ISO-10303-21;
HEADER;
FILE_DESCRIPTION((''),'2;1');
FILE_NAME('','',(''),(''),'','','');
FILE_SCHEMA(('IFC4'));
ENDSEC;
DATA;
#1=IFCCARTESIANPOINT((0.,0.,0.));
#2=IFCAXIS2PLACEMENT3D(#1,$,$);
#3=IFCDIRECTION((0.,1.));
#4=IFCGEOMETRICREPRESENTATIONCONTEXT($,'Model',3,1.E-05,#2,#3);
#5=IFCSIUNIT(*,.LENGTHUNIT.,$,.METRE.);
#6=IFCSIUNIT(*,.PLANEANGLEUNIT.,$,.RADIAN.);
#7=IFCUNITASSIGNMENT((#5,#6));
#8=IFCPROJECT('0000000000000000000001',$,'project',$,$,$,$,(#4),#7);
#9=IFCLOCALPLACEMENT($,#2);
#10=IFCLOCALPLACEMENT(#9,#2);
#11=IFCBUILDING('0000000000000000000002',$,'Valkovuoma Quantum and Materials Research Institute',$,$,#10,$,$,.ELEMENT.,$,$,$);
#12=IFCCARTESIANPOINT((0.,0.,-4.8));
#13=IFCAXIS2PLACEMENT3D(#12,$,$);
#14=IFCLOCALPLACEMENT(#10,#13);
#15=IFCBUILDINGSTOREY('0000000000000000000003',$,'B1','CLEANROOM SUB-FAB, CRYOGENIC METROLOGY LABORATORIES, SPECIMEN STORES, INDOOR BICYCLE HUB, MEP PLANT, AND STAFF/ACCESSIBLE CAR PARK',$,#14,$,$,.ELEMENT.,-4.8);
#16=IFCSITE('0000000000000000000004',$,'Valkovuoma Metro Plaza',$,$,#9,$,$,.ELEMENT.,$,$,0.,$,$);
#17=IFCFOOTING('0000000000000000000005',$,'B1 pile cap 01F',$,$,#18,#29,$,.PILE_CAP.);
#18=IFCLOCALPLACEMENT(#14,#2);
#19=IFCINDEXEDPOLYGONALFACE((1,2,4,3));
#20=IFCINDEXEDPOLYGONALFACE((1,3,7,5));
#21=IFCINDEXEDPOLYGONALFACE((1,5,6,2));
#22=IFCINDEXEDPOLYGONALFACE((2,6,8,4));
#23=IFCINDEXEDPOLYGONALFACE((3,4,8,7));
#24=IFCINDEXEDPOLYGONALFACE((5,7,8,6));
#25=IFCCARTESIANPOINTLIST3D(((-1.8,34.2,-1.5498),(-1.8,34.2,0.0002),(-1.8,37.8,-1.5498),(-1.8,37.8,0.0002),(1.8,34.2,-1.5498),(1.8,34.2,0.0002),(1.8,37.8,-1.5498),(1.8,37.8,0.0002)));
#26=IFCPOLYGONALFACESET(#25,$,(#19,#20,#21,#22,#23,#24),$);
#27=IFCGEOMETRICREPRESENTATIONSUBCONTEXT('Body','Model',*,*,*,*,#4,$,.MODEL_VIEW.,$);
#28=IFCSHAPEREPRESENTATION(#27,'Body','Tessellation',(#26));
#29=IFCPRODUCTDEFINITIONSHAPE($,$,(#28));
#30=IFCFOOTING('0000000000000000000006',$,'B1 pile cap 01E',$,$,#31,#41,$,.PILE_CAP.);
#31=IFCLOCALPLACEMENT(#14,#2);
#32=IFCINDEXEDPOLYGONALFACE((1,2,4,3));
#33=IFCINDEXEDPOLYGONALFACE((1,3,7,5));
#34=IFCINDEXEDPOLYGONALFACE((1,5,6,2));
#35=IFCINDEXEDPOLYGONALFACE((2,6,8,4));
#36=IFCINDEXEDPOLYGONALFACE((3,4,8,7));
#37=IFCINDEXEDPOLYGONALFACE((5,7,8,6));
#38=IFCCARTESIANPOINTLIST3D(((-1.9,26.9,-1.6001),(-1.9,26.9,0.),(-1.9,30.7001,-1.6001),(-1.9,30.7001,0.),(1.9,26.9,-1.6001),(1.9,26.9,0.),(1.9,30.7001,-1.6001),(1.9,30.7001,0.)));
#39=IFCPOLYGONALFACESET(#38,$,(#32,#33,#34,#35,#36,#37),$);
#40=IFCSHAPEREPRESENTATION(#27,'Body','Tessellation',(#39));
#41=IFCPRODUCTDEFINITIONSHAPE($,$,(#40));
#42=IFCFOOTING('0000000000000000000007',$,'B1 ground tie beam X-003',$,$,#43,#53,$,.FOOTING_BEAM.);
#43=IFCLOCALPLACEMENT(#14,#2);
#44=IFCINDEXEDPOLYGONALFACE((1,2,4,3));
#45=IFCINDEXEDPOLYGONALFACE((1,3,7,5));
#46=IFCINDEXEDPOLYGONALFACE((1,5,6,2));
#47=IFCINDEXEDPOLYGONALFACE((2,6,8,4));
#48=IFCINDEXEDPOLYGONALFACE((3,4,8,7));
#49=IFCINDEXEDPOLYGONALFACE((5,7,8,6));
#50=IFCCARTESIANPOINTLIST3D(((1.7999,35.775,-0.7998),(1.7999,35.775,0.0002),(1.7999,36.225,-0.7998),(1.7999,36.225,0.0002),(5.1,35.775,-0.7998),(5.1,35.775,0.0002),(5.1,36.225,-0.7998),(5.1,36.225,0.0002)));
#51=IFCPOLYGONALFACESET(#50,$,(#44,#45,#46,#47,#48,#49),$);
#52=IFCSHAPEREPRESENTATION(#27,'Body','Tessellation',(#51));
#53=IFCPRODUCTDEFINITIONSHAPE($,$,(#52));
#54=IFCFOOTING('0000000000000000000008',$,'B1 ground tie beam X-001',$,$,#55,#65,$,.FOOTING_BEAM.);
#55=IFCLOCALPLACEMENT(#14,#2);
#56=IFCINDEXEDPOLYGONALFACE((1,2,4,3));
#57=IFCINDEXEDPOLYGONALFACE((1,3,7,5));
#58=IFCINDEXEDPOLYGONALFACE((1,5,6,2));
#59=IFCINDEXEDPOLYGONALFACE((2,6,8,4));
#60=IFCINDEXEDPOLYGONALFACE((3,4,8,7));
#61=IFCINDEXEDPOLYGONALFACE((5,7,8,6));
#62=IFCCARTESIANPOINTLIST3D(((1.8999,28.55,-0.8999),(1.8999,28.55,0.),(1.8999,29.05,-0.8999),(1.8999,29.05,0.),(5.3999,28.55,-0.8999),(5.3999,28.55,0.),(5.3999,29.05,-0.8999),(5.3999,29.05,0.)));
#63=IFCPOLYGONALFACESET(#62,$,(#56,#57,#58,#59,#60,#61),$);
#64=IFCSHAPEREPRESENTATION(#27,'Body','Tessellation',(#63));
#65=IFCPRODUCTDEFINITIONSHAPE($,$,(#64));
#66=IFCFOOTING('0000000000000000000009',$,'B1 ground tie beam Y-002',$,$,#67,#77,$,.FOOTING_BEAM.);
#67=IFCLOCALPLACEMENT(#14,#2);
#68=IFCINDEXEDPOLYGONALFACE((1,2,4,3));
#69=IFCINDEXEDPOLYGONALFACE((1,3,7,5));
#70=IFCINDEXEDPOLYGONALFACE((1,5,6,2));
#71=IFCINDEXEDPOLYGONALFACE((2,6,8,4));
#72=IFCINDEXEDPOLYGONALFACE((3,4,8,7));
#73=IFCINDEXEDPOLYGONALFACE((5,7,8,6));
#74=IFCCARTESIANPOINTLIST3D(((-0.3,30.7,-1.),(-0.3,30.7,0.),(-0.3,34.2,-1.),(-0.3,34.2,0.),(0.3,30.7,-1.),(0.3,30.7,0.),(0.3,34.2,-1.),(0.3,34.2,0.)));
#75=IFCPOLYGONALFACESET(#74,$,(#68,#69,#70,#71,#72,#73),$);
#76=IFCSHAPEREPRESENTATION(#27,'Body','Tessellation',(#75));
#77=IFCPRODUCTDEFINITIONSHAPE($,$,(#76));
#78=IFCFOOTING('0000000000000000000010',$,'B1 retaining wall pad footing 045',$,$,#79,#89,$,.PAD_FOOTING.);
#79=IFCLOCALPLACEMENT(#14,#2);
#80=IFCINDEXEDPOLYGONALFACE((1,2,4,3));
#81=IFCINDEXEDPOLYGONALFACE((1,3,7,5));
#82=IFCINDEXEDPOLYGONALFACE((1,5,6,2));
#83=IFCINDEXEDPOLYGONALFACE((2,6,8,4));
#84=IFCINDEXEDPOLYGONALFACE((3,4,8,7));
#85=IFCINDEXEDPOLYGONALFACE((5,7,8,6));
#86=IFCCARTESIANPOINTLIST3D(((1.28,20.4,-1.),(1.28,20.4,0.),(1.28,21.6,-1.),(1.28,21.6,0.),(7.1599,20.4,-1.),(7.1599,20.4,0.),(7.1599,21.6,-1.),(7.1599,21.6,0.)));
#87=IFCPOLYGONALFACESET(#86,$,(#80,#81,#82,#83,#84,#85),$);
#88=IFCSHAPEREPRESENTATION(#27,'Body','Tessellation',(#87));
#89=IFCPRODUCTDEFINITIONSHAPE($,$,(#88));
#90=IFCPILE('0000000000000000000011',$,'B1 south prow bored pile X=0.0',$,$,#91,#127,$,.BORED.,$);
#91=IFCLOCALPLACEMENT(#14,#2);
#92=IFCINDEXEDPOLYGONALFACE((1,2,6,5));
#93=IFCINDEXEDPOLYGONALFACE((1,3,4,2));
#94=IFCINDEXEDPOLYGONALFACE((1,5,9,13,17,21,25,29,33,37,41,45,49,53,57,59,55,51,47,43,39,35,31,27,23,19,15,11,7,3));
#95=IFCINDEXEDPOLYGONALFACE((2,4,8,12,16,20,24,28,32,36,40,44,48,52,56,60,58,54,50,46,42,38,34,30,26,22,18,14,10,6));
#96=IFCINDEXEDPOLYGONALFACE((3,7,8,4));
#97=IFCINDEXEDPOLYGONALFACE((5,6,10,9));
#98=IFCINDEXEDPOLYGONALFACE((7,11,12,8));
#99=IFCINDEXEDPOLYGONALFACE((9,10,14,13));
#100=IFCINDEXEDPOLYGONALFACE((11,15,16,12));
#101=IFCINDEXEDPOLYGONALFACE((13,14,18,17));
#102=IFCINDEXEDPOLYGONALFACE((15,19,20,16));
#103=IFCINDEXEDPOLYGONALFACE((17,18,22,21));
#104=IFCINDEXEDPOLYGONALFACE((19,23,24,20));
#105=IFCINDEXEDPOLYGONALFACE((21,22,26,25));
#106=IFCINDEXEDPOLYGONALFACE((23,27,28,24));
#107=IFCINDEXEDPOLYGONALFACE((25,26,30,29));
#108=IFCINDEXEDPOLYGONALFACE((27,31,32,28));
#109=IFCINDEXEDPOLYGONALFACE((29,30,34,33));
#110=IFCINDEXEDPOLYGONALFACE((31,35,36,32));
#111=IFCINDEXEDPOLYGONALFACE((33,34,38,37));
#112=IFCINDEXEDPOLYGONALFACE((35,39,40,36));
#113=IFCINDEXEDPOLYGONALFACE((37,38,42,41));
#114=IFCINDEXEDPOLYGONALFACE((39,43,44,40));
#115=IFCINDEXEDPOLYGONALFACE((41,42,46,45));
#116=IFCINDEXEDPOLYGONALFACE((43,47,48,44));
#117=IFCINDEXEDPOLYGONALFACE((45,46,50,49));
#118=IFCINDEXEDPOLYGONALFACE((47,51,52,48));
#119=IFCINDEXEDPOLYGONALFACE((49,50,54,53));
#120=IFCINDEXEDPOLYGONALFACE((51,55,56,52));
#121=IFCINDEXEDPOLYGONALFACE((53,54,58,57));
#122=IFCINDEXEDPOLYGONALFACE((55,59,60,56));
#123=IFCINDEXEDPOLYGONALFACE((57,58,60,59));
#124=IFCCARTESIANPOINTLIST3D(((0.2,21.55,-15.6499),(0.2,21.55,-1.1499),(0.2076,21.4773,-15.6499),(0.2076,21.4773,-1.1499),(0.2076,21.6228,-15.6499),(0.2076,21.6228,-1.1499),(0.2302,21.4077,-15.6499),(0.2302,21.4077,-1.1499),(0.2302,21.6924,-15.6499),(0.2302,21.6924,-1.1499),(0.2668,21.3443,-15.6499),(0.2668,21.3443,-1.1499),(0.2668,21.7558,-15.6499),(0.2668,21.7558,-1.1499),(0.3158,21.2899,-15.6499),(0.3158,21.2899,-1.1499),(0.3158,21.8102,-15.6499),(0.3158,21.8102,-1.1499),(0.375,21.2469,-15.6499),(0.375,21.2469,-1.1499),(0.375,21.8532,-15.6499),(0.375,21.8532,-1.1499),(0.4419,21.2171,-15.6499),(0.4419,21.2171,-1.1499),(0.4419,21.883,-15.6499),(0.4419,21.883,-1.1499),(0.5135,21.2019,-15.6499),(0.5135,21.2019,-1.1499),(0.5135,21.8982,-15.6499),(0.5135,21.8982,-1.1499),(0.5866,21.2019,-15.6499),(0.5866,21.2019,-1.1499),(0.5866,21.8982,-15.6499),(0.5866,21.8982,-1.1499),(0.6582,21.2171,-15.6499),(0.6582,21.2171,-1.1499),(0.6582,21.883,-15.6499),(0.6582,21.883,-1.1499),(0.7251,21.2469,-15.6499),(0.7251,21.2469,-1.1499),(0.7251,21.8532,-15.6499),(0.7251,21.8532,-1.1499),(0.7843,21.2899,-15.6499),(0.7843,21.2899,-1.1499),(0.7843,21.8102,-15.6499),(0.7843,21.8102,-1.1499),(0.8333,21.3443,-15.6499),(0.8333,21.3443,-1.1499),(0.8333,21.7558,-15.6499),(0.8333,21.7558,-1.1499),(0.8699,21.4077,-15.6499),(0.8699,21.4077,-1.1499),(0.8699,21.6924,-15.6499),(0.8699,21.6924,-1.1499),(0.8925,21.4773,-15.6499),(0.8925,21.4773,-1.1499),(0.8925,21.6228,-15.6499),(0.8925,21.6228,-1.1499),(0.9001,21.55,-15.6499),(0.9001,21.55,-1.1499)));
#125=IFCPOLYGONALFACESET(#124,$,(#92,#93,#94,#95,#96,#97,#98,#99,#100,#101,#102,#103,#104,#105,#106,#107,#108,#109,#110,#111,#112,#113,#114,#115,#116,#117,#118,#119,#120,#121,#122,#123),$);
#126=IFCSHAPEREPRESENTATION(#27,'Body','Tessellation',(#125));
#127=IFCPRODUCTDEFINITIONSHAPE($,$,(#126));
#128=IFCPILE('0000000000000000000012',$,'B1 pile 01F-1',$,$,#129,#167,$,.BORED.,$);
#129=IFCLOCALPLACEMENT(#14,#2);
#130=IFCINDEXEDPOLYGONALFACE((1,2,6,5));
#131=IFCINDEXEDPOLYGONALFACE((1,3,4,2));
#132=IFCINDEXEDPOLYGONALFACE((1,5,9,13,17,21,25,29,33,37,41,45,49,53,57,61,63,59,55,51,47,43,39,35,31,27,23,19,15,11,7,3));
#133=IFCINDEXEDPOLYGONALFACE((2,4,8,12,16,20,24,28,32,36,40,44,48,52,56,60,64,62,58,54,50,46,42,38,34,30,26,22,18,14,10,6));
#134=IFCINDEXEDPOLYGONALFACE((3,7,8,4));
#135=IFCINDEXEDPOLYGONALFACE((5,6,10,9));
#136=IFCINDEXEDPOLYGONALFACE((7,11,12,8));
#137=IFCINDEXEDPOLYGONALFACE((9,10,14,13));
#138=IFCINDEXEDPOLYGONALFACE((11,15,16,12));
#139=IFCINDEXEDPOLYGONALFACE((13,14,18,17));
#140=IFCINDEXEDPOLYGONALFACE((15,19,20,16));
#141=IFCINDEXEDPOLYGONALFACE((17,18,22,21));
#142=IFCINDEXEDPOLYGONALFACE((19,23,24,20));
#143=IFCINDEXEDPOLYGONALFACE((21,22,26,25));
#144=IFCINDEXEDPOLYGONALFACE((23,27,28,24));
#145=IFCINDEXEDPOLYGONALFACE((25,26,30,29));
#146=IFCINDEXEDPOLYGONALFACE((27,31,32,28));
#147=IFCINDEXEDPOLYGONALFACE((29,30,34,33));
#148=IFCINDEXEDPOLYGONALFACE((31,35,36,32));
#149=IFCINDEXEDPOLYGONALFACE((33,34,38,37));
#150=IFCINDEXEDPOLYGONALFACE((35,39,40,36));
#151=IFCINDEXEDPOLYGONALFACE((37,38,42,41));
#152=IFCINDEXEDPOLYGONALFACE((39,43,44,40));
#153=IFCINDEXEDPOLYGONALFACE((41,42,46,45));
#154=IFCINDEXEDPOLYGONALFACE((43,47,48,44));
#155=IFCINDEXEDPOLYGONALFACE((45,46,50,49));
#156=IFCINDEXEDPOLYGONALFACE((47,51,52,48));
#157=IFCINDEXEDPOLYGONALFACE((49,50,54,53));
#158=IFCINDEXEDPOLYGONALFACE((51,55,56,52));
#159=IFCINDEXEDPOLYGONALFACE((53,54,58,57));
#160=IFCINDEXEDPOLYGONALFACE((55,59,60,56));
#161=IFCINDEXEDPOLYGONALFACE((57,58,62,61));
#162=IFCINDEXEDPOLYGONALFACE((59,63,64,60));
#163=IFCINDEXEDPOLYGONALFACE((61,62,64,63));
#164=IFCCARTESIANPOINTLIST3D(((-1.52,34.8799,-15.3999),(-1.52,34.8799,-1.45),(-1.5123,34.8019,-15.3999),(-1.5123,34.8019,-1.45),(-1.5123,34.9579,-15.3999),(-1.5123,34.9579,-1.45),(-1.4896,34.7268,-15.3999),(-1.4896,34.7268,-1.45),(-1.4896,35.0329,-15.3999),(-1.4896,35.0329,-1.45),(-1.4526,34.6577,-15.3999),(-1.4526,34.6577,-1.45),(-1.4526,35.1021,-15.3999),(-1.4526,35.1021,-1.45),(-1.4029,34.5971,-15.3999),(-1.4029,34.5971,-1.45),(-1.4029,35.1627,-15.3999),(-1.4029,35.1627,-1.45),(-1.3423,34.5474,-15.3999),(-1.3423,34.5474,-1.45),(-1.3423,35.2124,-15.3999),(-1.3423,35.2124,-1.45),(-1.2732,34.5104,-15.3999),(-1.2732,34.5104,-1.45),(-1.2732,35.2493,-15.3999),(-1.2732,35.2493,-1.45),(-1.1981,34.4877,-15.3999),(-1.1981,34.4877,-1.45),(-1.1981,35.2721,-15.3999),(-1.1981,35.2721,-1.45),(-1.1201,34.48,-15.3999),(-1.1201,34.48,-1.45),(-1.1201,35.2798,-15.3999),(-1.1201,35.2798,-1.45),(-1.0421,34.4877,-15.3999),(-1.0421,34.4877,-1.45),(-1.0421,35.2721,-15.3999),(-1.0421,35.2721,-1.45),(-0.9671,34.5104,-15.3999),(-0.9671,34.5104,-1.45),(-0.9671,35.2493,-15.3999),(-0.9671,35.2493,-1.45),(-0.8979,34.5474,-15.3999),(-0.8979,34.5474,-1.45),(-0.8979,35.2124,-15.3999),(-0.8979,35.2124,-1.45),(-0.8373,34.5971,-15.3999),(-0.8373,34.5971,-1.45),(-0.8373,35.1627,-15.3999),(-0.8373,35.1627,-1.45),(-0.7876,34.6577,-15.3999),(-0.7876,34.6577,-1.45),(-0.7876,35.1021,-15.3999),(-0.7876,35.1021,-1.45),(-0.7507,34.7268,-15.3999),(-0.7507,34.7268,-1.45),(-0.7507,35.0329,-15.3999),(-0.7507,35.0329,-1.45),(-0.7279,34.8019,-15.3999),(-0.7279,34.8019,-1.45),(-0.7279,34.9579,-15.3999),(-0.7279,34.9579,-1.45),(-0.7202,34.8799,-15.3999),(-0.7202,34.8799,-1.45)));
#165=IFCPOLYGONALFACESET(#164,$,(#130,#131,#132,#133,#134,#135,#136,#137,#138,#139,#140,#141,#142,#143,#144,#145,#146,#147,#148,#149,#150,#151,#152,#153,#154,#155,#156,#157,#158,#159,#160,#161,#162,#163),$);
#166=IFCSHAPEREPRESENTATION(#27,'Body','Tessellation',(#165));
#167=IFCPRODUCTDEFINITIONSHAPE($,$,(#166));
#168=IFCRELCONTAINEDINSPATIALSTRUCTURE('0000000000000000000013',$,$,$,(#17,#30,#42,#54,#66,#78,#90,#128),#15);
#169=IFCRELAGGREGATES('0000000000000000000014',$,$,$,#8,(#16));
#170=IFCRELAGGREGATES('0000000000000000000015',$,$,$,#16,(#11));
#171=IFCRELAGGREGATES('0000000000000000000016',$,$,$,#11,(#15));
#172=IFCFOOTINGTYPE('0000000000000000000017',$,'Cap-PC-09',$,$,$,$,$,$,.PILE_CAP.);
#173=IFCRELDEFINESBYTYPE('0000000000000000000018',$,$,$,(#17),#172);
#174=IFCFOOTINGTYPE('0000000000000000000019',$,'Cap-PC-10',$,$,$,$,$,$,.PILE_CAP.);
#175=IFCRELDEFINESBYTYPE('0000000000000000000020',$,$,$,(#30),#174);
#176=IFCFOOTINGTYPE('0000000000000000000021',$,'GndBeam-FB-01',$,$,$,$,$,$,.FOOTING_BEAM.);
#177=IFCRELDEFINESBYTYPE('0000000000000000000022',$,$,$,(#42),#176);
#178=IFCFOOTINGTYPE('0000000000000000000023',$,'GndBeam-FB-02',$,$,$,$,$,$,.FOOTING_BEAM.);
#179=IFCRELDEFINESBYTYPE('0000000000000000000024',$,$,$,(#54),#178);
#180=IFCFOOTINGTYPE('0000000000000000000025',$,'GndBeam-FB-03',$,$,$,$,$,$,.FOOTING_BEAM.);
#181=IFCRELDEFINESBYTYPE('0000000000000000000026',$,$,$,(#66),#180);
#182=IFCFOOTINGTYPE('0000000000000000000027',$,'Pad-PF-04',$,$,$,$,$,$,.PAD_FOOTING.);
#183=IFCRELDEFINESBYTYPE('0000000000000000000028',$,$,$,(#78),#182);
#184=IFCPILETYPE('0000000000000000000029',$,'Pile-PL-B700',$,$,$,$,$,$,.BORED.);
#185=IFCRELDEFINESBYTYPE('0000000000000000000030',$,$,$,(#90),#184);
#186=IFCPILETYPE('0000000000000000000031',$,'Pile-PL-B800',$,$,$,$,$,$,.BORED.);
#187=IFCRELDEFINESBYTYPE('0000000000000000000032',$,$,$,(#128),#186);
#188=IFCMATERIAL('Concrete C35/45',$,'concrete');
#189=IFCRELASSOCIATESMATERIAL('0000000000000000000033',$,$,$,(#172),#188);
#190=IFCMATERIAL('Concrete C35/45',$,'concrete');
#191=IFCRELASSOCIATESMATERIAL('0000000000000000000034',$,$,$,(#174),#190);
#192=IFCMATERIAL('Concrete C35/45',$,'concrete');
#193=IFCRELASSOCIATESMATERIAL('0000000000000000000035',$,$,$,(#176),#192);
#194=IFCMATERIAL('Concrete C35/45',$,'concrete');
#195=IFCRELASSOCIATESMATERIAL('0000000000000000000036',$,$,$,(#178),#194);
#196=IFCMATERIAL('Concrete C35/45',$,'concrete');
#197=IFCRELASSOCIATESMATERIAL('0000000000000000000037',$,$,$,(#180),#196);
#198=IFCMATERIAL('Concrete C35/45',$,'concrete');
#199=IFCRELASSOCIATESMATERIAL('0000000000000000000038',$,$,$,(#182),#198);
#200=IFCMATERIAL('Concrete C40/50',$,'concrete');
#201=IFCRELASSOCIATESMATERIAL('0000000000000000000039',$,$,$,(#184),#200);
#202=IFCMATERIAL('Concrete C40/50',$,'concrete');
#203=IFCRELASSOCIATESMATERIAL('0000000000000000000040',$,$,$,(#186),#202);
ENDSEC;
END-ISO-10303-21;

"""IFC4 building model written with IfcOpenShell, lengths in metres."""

from ifc_helpers import new_model, si_unit, direction, frame, origin, origin_2d, place, context, subcontext, project, spatial, rectangle, circle, extrude, material, material_profile, profile_set, type_object, element, save


model = new_model("IFC4")

# Units and contexts
model_context = context("Model", 3, precision=1e-05, world=origin(), true_north=direction((0.0, 1.0)))
body_context = subcontext(model_context, "Body", "Model", "MODEL_VIEW")
ifc_project = project(units=[si_unit("LENGTHUNIT", "METRE"), si_unit("PLANEANGLEUNIT", "RADIAN")], contexts=[model_context])

# Site, building, storey
site_placement = place(None, origin())
site = spatial("IfcSite", under=ifc_project, at=site_placement, Name="Valkovuoma Metro Plaza", CompositionType="ELEMENT", RefElevation=0.0)
building_placement = place(site_placement, origin())
building = spatial("IfcBuilding", under=site, at=building_placement, Name="Valkovuoma Quantum and Materials Research Institute", CompositionType="ELEMENT")
storey_placement = place(building_placement, frame((0.0, 0.0, -4.8)))
storey = spatial("IfcBuildingStorey", under=building, at=storey_placement, Name="B1", Description="CLEANROOM SUB-FAB, CRYOGENIC METROLOGY LABORATORIES, SPECIMEN STORES, INDOOR BICYCLE HUB, MEP PLANT, AND STAFF/ACCESSIBLE CAR PARK", CompositionType="ELEMENT", Elevation=-4.8)

# Footings
ifc_material_1 = material(Name="Concrete C35/45", Category="concrete")
footing_type_1 = type_object("IfcFootingType", Name="Cap-PC-09", PredefinedType="PILE_CAP", material=ifc_material_1)
footing_1_placement = place(storey_placement, frame((0.0, 36.0, -1.5498), z_axis=(0.0, 0.0, 1.0), x_axis=(1.0, 0.0, 0.0)))
element("IfcFooting", 1, at=footing_1_placement, inside=storey, type_object=footing_type_1, Name="B1 pile cap 01F", PredefinedType="PILE_CAP", context=body_context, shape_type="SweptSolid", body=[
    extrude(rectangle(XDim=3.6001, YDim=3.6001, at=origin_2d()), origin(), (0.0, 0.0, 1.0), 1.55),
])
ifc_material_2 = material(Name="Concrete C35/45", Category="concrete")
footing_type_2 = type_object("IfcFootingType", Name="Cap-PC-10", PredefinedType="PILE_CAP", material=ifc_material_2)
footing_2_placement = place(storey_placement, frame((0.0, 28.8, -1.6001), z_axis=(0.0, 0.0, 1.0), x_axis=(1.0, 0.0, 0.0)))
element("IfcFooting", 2, at=footing_2_placement, inside=storey, type_object=footing_type_2, Name="B1 pile cap 01E", PredefinedType="PILE_CAP", context=body_context, shape_type="SweptSolid", body=[
    extrude(rectangle(XDim=3.8, YDim=3.8, at=origin_2d()), origin(), (0.0, 0.0, 1.0), 1.6001),
])
ifc_material_3 = material(Name="Concrete C35/45", Category="concrete")
footing_type_3 = type_object("IfcFootingType", Name="GndBeam-FB-01", PredefinedType="FOOTING_BEAM", material=ifc_material_3)
footing_3_placement = place(storey_placement, frame((3.45, 36.0, -0.7998), z_axis=(0.0, 0.0, 1.0), x_axis=(1.0, 0.0, 0.0)))
element("IfcFooting", 3, at=footing_3_placement, inside=storey, type_object=footing_type_3, Name="B1 ground tie beam X-003", PredefinedType="FOOTING_BEAM", context=body_context, shape_type="SweptSolid", body=[
    extrude(rectangle(XDim=3.3, YDim=0.45, at=origin_2d()), origin(), (0.0, 0.0, 1.0), 0.8),
])
ifc_material_4 = material(Name="Concrete C35/45", Category="concrete")
footing_type_4 = type_object("IfcFootingType", Name="GndBeam-FB-02", PredefinedType="FOOTING_BEAM", material=ifc_material_4)
footing_4_placement = place(storey_placement, frame((3.6499, 28.8, -0.8999), z_axis=(0.0, 0.0, 1.0), x_axis=(1.0, 0.0, 0.0)))
element("IfcFooting", 4, at=footing_4_placement, inside=storey, type_object=footing_type_4, Name="B1 ground tie beam X-001", PredefinedType="FOOTING_BEAM", context=body_context, shape_type="SweptSolid", body=[
    extrude(rectangle(XDim=3.5, YDim=0.5, at=origin_2d()), origin(), (0.0, 0.0, 1.0), 0.8999),
])
ifc_material_5 = material(Name="Concrete C35/45", Category="concrete")
footing_type_5 = type_object("IfcFootingType", Name="GndBeam-FB-03", PredefinedType="FOOTING_BEAM", material=ifc_material_5)
footing_5_placement = place(storey_placement, frame((0.0, 32.45, -1.0), z_axis=(0.0, 0.0, 1.0), x_axis=(0.0, 1.0, 0.0)))
element("IfcFooting", 5, at=footing_5_placement, inside=storey, type_object=footing_type_5, Name="B1 ground tie beam Y-002", PredefinedType="FOOTING_BEAM", context=body_context, shape_type="SweptSolid", body=[
    extrude(rectangle(XDim=3.5, YDim=0.6001, at=origin_2d()), origin(), (0.0, 0.0, 1.0), 1.0),
])
ifc_material_6 = material(Name="Concrete C35/45", Category="concrete")
footing_type_6 = type_object("IfcFootingType", Name="Pad-PF-04", PredefinedType="PAD_FOOTING", material=ifc_material_6)
footing_6_placement = place(storey_placement, frame((4.22, 21.0, -1.0), z_axis=(0.0, 0.0, 1.0), x_axis=(1.0, 0.0, 0.0)))
element("IfcFooting", 6, at=footing_6_placement, inside=storey, type_object=footing_type_6, Name="B1 retaining wall pad footing 045", PredefinedType="PAD_FOOTING", context=body_context, shape_type="SweptSolid", body=[
    extrude(rectangle(XDim=5.8799, YDim=1.2, at=origin_2d()), origin(), (0.0, 0.0, 1.0), 1.0),
])

# Piles
ifc_material_7 = material(Name="Concrete C40/50", Category="concrete")
ifc_material_profile_1 = material_profile(ifc_material_7, circle(Radius=0.3501, at=origin_2d()), Name="Concrete C40/50")
ifc_profile_set_1 = profile_set([ifc_material_profile_1], Name="Concrete C40/50")
pile_type_1 = type_object("IfcPileType", Name="Pile-PL-B700", PredefinedType="BORED", material=ifc_profile_set_1)
pile_1_placement = place(storey_placement, frame((0.55, 21.55, -1.1499), z_axis=(0.0, 0.0, -1.0), x_axis=(1.0, 0.0, 0.0)))
element("IfcPile", 7, at=pile_1_placement, inside=storey, type_object=pile_type_1, Name="B1 south prow bored pile X=0.0", PredefinedType="BORED", context=body_context, shape_type="SweptSolid", body=[
    extrude(circle(Radius=0.3501, at=origin_2d()), origin(), (0.0, 0.0, 1.0), 14.5),
])
ifc_material_8 = material(Name="Concrete C40/50", Category="concrete")
ifc_material_profile_2 = material_profile(ifc_material_8, circle(Radius=0.3999, at=origin_2d()), Name="Concrete C40/50")
ifc_profile_set_2 = profile_set([ifc_material_profile_2], Name="Concrete C40/50")
pile_type_2 = type_object("IfcPileType", Name="Pile-PL-B800", PredefinedType="BORED", material=ifc_profile_set_2)
for number, where, z_axis, x_axis, name in (
    (8, (-1.1201, 34.8799, -1.45), (0.0, 0.0, -1.0), (1.0, 0.0, 0.0), "B1 pile 01F-1"),
):
    element("IfcPile", number, at=place(storey_placement, frame(where, z_axis=z_axis, x_axis=x_axis)), inside=storey, type_object=pile_type_2, Name=name, PredefinedType="BORED", context=body_context, shape_type="SweptSolid", body=[
        extrude(circle(Radius=0.3999, at=origin_2d()), origin(), (0.0, 0.0, 1.0), 13.95),
    ])

save(model, "model.ifc")
